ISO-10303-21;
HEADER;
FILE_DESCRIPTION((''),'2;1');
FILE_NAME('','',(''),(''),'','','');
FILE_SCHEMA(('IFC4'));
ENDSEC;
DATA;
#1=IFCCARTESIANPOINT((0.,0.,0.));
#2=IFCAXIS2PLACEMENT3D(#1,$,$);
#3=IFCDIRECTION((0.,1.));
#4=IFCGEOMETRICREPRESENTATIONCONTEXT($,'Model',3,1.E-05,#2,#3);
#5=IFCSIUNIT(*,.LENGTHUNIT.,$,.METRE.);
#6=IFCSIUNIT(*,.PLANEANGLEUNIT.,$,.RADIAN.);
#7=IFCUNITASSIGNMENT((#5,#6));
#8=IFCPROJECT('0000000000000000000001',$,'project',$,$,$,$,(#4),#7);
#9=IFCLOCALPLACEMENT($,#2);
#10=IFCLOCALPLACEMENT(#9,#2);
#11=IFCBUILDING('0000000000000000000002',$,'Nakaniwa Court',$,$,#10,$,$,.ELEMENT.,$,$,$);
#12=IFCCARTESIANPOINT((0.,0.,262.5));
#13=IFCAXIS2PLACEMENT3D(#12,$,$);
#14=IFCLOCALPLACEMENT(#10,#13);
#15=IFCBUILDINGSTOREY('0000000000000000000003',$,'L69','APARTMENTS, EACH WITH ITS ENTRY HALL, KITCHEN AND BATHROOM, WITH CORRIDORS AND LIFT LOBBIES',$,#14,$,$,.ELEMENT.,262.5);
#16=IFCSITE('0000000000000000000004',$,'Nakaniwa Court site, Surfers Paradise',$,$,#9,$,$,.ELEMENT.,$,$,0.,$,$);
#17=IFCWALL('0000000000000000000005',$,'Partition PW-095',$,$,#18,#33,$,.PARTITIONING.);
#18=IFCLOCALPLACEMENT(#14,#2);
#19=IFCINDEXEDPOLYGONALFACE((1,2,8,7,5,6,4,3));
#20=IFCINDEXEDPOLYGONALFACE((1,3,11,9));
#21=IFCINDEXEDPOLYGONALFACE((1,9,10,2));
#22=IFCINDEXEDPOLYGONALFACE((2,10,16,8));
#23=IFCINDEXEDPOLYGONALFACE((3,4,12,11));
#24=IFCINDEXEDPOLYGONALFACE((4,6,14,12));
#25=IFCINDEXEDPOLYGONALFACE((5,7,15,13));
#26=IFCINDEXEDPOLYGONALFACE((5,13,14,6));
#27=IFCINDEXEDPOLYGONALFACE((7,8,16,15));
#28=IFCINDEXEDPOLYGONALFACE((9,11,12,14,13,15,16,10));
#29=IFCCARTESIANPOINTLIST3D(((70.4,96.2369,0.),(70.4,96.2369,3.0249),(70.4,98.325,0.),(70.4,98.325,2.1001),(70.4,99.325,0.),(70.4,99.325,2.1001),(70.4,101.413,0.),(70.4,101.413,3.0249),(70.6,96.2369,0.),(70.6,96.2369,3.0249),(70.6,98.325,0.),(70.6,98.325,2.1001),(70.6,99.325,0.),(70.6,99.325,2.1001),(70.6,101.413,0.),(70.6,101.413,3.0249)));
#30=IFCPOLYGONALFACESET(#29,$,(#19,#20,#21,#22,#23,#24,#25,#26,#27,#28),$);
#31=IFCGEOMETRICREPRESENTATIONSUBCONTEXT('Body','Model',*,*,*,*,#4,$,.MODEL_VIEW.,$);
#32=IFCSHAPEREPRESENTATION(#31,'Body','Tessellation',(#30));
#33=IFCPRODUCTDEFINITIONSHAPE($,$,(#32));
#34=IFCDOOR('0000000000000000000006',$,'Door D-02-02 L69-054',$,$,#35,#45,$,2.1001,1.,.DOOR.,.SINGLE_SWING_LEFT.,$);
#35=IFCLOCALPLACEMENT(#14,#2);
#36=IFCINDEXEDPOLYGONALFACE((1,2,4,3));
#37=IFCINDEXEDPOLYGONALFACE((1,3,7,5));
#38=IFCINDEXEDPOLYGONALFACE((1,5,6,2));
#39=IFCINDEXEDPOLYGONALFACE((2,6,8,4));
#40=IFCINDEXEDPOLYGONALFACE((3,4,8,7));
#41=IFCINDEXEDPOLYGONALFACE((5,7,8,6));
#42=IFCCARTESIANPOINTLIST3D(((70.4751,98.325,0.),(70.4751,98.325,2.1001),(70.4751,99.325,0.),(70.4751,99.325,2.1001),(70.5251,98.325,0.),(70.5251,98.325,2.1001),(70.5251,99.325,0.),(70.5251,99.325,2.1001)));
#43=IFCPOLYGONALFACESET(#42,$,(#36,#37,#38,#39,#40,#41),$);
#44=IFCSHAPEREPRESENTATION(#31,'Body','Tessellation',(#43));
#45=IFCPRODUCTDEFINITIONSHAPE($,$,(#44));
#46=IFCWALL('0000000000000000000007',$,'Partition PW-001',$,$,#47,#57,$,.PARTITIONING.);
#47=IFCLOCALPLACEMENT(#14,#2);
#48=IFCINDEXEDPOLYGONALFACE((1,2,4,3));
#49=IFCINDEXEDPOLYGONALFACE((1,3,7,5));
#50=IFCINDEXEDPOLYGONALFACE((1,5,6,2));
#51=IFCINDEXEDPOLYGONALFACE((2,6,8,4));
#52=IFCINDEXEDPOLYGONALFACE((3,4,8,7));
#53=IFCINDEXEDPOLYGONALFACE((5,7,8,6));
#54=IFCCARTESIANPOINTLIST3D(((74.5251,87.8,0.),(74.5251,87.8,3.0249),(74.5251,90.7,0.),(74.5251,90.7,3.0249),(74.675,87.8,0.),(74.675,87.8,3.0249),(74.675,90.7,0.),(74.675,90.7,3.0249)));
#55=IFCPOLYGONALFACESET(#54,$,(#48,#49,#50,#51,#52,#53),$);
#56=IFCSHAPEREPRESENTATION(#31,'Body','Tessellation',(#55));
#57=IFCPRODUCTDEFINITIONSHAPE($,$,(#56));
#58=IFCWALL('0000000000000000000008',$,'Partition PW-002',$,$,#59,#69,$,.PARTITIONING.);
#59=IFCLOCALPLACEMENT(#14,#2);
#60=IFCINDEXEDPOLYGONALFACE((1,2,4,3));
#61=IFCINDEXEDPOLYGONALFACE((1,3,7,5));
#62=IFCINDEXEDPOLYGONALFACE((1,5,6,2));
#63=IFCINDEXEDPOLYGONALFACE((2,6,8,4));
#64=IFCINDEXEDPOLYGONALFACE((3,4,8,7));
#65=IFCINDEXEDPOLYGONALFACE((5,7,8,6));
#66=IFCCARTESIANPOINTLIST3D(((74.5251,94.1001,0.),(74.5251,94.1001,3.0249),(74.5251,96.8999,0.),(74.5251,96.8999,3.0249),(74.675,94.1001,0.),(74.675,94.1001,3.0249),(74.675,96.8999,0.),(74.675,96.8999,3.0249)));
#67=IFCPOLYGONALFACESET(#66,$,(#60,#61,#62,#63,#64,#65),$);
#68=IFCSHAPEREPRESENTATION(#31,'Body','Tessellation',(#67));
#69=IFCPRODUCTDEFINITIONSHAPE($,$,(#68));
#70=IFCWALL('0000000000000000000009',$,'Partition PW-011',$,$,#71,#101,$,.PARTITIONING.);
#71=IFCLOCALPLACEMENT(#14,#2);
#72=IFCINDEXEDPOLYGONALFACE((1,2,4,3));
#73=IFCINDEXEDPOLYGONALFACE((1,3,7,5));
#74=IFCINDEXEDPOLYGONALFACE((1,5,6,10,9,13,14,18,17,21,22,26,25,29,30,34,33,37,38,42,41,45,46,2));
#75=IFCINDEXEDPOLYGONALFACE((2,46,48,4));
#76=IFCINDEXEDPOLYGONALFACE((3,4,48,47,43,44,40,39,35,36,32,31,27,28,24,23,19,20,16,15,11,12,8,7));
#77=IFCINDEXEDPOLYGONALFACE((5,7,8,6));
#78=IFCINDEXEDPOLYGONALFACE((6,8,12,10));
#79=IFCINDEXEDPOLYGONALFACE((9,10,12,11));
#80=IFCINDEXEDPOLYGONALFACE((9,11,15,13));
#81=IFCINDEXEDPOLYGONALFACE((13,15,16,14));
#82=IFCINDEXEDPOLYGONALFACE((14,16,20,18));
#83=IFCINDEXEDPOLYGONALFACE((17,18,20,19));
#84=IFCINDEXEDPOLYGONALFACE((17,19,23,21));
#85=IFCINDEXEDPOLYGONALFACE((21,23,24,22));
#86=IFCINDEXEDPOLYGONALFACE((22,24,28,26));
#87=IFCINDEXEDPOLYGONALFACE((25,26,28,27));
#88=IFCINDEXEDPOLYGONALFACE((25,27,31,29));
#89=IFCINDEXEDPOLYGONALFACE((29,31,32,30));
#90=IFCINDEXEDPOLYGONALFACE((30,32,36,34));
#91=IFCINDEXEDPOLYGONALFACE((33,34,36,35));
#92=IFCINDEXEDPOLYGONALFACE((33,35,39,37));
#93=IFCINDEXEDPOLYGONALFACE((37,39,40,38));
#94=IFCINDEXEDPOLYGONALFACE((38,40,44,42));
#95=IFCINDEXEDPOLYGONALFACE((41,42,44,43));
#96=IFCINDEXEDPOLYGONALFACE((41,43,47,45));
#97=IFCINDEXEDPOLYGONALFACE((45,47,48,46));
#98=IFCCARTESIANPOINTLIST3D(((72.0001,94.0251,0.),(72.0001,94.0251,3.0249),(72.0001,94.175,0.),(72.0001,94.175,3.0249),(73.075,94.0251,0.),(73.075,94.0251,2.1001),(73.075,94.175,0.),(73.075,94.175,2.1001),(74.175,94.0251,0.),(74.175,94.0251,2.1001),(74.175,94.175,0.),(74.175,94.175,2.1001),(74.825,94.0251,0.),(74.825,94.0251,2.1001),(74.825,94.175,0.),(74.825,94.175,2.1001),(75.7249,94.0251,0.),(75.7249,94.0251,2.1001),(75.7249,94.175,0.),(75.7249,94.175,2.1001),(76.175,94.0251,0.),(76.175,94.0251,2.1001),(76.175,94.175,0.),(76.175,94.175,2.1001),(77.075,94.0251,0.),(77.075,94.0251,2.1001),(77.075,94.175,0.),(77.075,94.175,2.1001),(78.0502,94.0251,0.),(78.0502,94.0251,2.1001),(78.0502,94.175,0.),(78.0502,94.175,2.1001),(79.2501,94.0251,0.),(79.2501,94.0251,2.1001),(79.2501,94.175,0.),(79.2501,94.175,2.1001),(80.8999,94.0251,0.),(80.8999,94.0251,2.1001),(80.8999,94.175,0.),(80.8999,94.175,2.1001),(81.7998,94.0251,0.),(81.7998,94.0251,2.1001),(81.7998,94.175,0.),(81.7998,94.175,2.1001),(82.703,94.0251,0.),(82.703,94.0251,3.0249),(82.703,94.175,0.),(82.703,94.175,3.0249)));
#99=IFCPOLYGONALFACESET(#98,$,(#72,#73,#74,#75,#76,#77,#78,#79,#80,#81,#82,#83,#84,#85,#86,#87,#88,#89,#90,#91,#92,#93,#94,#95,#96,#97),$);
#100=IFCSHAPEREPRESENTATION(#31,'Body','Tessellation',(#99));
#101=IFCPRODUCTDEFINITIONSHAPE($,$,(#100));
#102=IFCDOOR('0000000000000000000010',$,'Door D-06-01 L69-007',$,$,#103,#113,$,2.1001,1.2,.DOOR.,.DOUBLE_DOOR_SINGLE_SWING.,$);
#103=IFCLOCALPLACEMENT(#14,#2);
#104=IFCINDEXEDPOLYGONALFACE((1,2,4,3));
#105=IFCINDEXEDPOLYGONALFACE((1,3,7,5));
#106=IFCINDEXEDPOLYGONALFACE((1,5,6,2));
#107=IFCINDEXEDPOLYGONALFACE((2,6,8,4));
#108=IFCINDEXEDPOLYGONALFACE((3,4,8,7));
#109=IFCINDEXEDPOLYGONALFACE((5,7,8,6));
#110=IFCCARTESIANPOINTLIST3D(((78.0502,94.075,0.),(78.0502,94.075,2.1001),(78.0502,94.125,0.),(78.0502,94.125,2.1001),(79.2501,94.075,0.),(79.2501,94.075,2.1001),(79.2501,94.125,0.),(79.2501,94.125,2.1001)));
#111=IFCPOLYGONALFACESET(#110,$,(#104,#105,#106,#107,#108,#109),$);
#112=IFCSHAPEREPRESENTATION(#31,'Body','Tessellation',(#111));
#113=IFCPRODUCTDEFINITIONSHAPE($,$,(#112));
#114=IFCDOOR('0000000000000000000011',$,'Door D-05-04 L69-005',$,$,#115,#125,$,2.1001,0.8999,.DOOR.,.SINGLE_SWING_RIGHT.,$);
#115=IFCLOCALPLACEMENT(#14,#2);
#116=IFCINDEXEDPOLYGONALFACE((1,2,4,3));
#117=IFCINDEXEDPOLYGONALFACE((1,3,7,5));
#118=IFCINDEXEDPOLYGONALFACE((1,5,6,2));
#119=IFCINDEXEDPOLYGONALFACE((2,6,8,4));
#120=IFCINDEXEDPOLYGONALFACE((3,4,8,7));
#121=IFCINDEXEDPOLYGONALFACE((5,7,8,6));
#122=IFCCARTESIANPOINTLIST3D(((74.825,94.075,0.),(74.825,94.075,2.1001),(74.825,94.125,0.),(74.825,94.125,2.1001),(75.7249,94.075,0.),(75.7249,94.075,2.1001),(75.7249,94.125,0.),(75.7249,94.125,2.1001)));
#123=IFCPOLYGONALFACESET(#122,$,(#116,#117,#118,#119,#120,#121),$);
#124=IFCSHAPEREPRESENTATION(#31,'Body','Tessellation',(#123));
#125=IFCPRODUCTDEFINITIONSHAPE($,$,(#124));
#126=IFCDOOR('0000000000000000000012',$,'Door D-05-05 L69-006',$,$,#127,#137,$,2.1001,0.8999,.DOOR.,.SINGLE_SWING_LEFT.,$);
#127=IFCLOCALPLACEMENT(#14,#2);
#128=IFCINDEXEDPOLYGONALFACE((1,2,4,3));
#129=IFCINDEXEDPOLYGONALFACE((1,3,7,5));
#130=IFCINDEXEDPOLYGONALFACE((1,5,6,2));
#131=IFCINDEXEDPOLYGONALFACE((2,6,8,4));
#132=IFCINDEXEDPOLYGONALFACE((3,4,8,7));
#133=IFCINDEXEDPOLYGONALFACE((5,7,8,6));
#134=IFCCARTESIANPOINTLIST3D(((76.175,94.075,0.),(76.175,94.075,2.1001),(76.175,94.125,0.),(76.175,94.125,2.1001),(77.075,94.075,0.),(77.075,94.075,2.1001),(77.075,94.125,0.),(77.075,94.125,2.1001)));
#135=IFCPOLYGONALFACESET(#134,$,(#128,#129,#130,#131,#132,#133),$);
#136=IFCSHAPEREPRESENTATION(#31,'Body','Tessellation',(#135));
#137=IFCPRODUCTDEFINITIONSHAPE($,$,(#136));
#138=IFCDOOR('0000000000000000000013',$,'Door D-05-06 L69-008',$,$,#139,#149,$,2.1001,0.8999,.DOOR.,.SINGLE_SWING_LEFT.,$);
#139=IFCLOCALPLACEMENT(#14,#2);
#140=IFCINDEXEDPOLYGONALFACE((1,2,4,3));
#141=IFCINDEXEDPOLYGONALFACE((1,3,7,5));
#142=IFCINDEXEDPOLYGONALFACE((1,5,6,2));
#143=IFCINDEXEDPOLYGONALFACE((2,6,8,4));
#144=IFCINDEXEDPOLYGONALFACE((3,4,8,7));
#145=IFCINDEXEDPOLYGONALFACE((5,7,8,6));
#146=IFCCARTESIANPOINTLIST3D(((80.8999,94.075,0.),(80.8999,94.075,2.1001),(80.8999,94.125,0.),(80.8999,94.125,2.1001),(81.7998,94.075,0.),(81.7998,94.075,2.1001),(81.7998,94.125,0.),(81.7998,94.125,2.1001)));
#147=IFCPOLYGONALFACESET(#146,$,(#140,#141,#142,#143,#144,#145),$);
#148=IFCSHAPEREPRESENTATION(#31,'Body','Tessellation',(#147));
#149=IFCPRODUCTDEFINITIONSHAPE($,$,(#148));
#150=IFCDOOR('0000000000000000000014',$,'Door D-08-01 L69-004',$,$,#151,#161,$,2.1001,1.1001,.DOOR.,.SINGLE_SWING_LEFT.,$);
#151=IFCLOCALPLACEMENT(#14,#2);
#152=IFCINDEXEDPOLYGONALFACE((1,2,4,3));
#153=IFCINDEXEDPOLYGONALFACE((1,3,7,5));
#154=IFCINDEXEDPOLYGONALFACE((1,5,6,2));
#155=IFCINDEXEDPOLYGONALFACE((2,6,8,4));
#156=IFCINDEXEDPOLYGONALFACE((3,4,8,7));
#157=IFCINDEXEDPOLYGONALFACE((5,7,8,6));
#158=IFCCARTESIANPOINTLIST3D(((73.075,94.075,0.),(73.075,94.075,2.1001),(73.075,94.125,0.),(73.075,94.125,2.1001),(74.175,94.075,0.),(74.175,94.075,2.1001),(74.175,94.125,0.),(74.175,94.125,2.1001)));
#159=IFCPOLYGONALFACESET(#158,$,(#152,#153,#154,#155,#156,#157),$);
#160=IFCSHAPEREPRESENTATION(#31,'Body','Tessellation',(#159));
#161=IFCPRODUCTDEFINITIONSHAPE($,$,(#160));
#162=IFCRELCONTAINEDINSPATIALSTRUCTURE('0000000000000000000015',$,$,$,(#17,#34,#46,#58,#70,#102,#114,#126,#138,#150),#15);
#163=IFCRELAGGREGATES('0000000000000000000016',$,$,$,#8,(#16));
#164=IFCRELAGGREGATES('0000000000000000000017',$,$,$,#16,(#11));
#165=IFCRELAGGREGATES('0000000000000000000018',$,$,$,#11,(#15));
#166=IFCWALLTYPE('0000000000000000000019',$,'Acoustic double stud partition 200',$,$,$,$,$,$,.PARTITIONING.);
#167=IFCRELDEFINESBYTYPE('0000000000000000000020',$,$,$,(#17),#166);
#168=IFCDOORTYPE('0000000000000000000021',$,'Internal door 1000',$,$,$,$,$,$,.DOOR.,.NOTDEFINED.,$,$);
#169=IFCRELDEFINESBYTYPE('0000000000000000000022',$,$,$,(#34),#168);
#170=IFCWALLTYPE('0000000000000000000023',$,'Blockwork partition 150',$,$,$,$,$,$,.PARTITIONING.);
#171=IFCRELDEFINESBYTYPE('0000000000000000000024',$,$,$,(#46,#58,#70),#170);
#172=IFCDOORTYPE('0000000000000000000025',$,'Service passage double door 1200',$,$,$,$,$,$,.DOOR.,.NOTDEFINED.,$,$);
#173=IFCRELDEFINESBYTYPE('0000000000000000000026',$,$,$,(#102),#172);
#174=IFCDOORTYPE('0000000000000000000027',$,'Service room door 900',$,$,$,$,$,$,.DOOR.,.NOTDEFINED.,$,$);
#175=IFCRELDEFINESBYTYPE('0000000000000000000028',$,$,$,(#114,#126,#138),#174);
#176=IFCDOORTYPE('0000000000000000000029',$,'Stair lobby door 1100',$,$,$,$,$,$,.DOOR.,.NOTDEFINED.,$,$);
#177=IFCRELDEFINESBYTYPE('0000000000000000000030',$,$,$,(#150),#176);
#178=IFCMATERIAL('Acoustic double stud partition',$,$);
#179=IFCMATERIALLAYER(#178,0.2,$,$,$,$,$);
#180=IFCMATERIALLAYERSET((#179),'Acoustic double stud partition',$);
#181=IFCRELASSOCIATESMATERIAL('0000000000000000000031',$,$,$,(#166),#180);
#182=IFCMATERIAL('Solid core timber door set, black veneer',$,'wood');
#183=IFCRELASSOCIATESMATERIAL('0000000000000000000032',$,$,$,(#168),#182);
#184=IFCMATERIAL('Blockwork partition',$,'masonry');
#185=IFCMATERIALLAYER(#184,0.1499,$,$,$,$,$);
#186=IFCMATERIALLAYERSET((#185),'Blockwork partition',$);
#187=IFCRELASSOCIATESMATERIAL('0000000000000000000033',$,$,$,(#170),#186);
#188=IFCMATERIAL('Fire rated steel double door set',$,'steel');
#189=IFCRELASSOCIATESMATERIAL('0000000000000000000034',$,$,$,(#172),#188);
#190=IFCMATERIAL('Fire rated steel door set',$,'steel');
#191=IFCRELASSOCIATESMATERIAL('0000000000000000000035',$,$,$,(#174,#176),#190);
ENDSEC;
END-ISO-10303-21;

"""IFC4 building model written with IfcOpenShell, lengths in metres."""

from ifc_helpers import new_model, si_unit, direction, frame, frame_2d, origin, place, context, subcontext, project, spatial, rectangle, extrude, material, layer, layer_set, type_object, element, fill, save


model = new_model("IFC4")

# Units and contexts
model_context = context("Model", 3, precision=1e-05, world=origin(), true_north=direction((0.0, 1.0)))
body_context = subcontext(model_context, "Body", "Model", "MODEL_VIEW")
ifc_project = project(units=[si_unit("LENGTHUNIT", "METRE"), si_unit("PLANEANGLEUNIT", "RADIAN")], contexts=[model_context])

# Site, building, storey
site_placement = place(None, origin())
site = spatial("IfcSite", under=ifc_project, at=site_placement, Name="Nakaniwa Court site, Surfers Paradise", CompositionType="ELEMENT", RefElevation=0.0)
building_placement = place(site_placement, origin())
building = spatial("IfcBuilding", under=site, at=building_placement, Name="Nakaniwa Court", CompositionType="ELEMENT")
storey_placement = place(building_placement, frame((0.0, 0.0, 262.5)))
storey = spatial("IfcBuildingStorey", under=building, at=storey_placement, Name="L69", Description="APARTMENTS, EACH WITH ITS ENTRY HALL, KITCHEN AND BATHROOM, WITH CORRIDORS AND LIFT LOBBIES", CompositionType="ELEMENT", Elevation=262.5)

# Shared definitions
ifc_material_1 = material(Name="Acoustic double stud partition")
ifc_layer_1 = layer(ifc_material_1, 0.2)
ifc_layer_set_1 = layer_set([ifc_layer_1], Name="Acoustic double stud partition")
wall_type_1 = type_object("IfcWallType", Name="Acoustic double stud partition 200", PredefinedType="PARTITIONING", material=ifc_layer_set_1)
ifc_material_2 = material(Name="Solid core timber door set, black veneer", Category="wood")

# Wall, opening, door
wall_1_placement = place(storey_placement, frame((70.5, 96.2371, 0.0), z_axis=(0.0, 0.0, 1.0), x_axis=(0.0, 1.0, 0.0)))
wall_1 = element("IfcWall", 1, at=wall_1_placement, inside=storey, type_object=wall_type_1, Name="Partition PW-095", PredefinedType="PARTITIONING", context=body_context, shape_type="SweptSolid", body=[
    extrude(rectangle(XDim=5.176, YDim=0.2, at=frame_2d((2.5879, 0.0))), origin(), (0.0, 0.0, 1.0), 3.0249),
])
opening_1_placement = place(wall_1_placement, frame((2.0879, 0.0, 0.0)))
opening_1 = element("IfcOpeningElement", 2, at=opening_1_placement, cuts=wall_1, PredefinedType="OPENING", context=body_context, shape_type="SweptSolid", body=[
    extrude(rectangle(XDim=1.0, YDim=2.1001, at=frame_2d((0.5, 1.05))), frame((0.0, 0.1099, 0.0), z_axis=(0.0, -1.0, 0.0), x_axis=(1.0, 0.0, 0.0)), (0.0, 0.0, 1.0), 0.22),
])
door_type_1 = type_object("IfcDoorType", Name="Internal door 1000", OperationType="NOTDEFINED", PredefinedType="DOOR", material=ifc_material_2)
door_1_placement = place(opening_1_placement, origin())
door_1 = element("IfcDoor", 3, at=door_1_placement, inside=storey, type_object=door_type_1, Name="Door D-02-02 L69-054", OperationType="SINGLE_SWING_LEFT", OverallHeight=2.1001, OverallWidth=1.0, PredefinedType="DOOR", context=body_context, shape_type="SweptSolid", body=[
    extrude(rectangle(XDim=1.0, YDim=2.1001, at=frame_2d((0.5, 1.05))), frame((0.0, 0.0249, 0.0), z_axis=(0.0, -1.0, 0.0), x_axis=(1.0, 0.0, 0.0)), (0.0, 0.0, 1.0), 0.05),
])
fill(opening_1, door_1)

# Walls
ifc_material_3 = material(Name="Blockwork partition", Category="masonry")
ifc_layer_2 = layer(ifc_material_3, 0.1499)
ifc_layer_set_2 = layer_set([ifc_layer_2], Name="Blockwork partition")
wall_type_2 = type_object("IfcWallType", Name="Blockwork partition 150", PredefinedType="PARTITIONING", material=ifc_layer_set_2)
wall_2_placement = place(storey_placement, frame((74.6001, 87.8, 0.0), z_axis=(0.0, 0.0, 1.0), x_axis=(0.0, 1.0, 0.0)))
element("IfcWall", 4, at=wall_2_placement, inside=storey, type_object=wall_type_2, Name="Partition PW-001", PredefinedType="PARTITIONING", context=body_context, shape_type="SweptSolid", body=[
    extrude(rectangle(XDim=2.8999, YDim=0.1499, at=frame_2d((1.45, 0.0))), origin(), (0.0, 0.0, 1.0), 3.0249),
])
wall_3_placement = place(storey_placement, frame((74.6001, 94.1001, 0.0), z_axis=(0.0, 0.0, 1.0), x_axis=(0.0, 1.0, 0.0)))
element("IfcWall", 5, at=wall_3_placement, inside=storey, type_object=wall_type_2, Name="Partition PW-002", PredefinedType="PARTITIONING", context=body_context, shape_type="SweptSolid", body=[
    extrude(rectangle(XDim=2.7998, YDim=0.1499, at=frame_2d((1.3999, 0.0))), origin(), (0.0, 0.0, 1.0), 3.0249),
])

# Wall, openings, doors
wall_4_placement = place(storey_placement, frame((72.0, 94.1001, 0.0), z_axis=(0.0, 0.0, 1.0), x_axis=(1.0, 0.0, 0.0)))
wall_4 = element("IfcWall", 6, at=wall_4_placement, inside=storey, type_object=wall_type_2, Name="Partition PW-011", PredefinedType="PARTITIONING", context=body_context, shape_type="SweptSolid", body=[
    extrude(rectangle(XDim=10.7029, YDim=0.1499, at=frame_2d((5.3516, 0.0))), origin(), (0.0, 0.0, 1.0), 3.0249),
])
opening_2_placement = place(wall_4_placement, frame((1.075, 0.0, 0.0)))
opening_2 = element("IfcOpeningElement", 7, at=opening_2_placement, cuts=wall_4, PredefinedType="OPENING", context=body_context, shape_type="SweptSolid", body=[
    extrude(rectangle(XDim=1.1001, YDim=2.1001, at=frame_2d((0.55, 1.05))), frame((0.0, 0.085, 0.0), z_axis=(0.0, -1.0, 0.0), x_axis=(1.0, 0.0, 0.0)), (0.0, 0.0, 1.0), 0.1699),
])
opening_3_placement = place(wall_4_placement, frame((2.825, 0.0, 0.0)))
opening_3 = element("IfcOpeningElement", 8, at=opening_3_placement, cuts=wall_4, PredefinedType="OPENING", context=body_context, shape_type="SweptSolid", body=[
    extrude(rectangle(XDim=0.8999, YDim=2.1001, at=frame_2d((0.45, 1.05))), frame((0.0, 0.085, 0.0), z_axis=(0.0, -1.0, 0.0), x_axis=(1.0, 0.0, 0.0)), (0.0, 0.0, 1.0), 0.1699),
])
opening_4_placement = place(wall_4_placement, frame((4.175, 0.0, 0.0)))
opening_4 = element("IfcOpeningElement", 9, at=opening_4_placement, cuts=wall_4, PredefinedType="OPENING", context=body_context, shape_type="SweptSolid", body=[
    extrude(rectangle(XDim=0.8999, YDim=2.1001, at=frame_2d((0.45, 1.05))), frame((0.0, 0.085, 0.0), z_axis=(0.0, -1.0, 0.0), x_axis=(1.0, 0.0, 0.0)), (0.0, 0.0, 1.0), 0.1699),
])
opening_5_placement = place(wall_4_placement, frame((6.05, 0.0, 0.0)))
opening_5 = element("IfcOpeningElement", 10, at=opening_5_placement, cuts=wall_4, PredefinedType="OPENING", context=body_context, shape_type="SweptSolid", body=[
    extrude(rectangle(XDim=1.2, YDim=2.1001, at=frame_2d((0.6001, 1.05))), frame((0.0, 0.085, 0.0), z_axis=(0.0, -1.0, 0.0), x_axis=(1.0, 0.0, 0.0)), (0.0, 0.0, 1.0), 0.1699),
])
opening_6_placement = place(wall_4_placement, frame((8.8999, 0.0, 0.0)))
opening_6 = element("IfcOpeningElement", 11, at=opening_6_placement, cuts=wall_4, PredefinedType="OPENING", context=body_context, shape_type="SweptSolid", body=[
    extrude(rectangle(XDim=0.8999, YDim=2.1001, at=frame_2d((0.45, 1.05))), frame((0.0, 0.085, 0.0), z_axis=(0.0, -1.0, 0.0), x_axis=(1.0, 0.0, 0.0)), (0.0, 0.0, 1.0), 0.1699),
])
ifc_material_4 = material(Name="Fire rated steel double door set", Category="steel")
door_type_2 = type_object("IfcDoorType", Name="Service passage double door 1200", OperationType="NOTDEFINED", PredefinedType="DOOR", material=ifc_material_4)
door_2_placement = place(opening_5_placement, origin())
door_2 = element("IfcDoor", 12, at=door_2_placement, inside=storey, type_object=door_type_2, Name="Door D-06-01 L69-007", OperationType="DOUBLE_DOOR_SINGLE_SWING", OverallHeight=2.1001, OverallWidth=1.2, PredefinedType="DOOR", context=body_context, shape_type="SweptSolid", body=[
    extrude(rectangle(XDim=1.2, YDim=2.1001, at=frame_2d((0.6001, 1.05))), frame((0.0, 0.0249, 0.0), z_axis=(0.0, -1.0, 0.0), x_axis=(1.0, 0.0, 0.0)), (0.0, 0.0, 1.0), 0.05),
])
fill(opening_5, door_2)
ifc_material_5 = material(Name="Fire rated steel door set", Category="steel")
door_type_3 = type_object("IfcDoorType", Name="Service room door 900", OperationType="NOTDEFINED", PredefinedType="DOOR", material=ifc_material_5)
door_3_placement = place(opening_3_placement, origin())
door_3 = element("IfcDoor", 13, at=door_3_placement, inside=storey, type_object=door_type_3, Name="Door D-05-04 L69-005", OperationType="SINGLE_SWING_RIGHT", OverallHeight=2.1001, OverallWidth=0.8999, PredefinedType="DOOR", context=body_context, shape_type="SweptSolid", body=[
    extrude(rectangle(XDim=0.8999, YDim=2.1001, at=frame_2d((0.45, 1.05))), frame((0.0, 0.0249, 0.0), z_axis=(0.0, -1.0, 0.0), x_axis=(1.0, 0.0, 0.0)), (0.0, 0.0, 1.0), 0.05),
])
fill(opening_3, door_3)
door_4_placement = place(opening_4_placement, origin())
door_4 = element("IfcDoor", 14, at=door_4_placement, inside=storey, type_object=door_type_3, Name="Door D-05-05 L69-006", OperationType="SINGLE_SWING_LEFT", OverallHeight=2.1001, OverallWidth=0.8999, PredefinedType="DOOR", context=body_context, shape_type="SweptSolid", body=[
    extrude(rectangle(XDim=0.8999, YDim=2.1001, at=frame_2d((0.45, 1.05))), frame((0.0, 0.0249, 0.0), z_axis=(0.0, -1.0, 0.0), x_axis=(1.0, 0.0, 0.0)), (0.0, 0.0, 1.0), 0.05),
])
fill(opening_4, door_4)
door_5_placement = place(opening_6_placement, origin())
door_5 = element("IfcDoor", 15, at=door_5_placement, inside=storey, type_object=door_type_3, Name="Door D-05-06 L69-008", OperationType="SINGLE_SWING_LEFT", OverallHeight=2.1001, OverallWidth=0.8999, PredefinedType="DOOR", context=body_context, shape_type="SweptSolid", body=[
    extrude(rectangle(XDim=0.8999, YDim=2.1001, at=frame_2d((0.45, 1.05))), frame((0.0, 0.0249, 0.0), z_axis=(0.0, -1.0, 0.0), x_axis=(1.0, 0.0, 0.0)), (0.0, 0.0, 1.0), 0.05),
])
fill(opening_6, door_5)
door_type_4 = type_object("IfcDoorType", Name="Stair lobby door 1100", OperationType="NOTDEFINED", PredefinedType="DOOR", material=ifc_material_5)
door_6_placement = place(opening_2_placement, origin())
door_6 = element("IfcDoor", 16, at=door_6_placement, inside=storey, type_object=door_type_4, Name="Door D-08-01 L69-004", OperationType="SINGLE_SWING_LEFT", OverallHeight=2.1001, OverallWidth=1.1001, PredefinedType="DOOR", context=body_context, shape_type="SweptSolid", body=[
    extrude(rectangle(XDim=1.1001, YDim=2.1001, at=frame_2d((0.55, 1.05))), frame((0.0, 0.0249, 0.0), z_axis=(0.0, -1.0, 0.0), x_axis=(1.0, 0.0, 0.0)), (0.0, 0.0, 1.0), 0.05),
])
fill(opening_2, door_6)

save(model, "model.ifc")
